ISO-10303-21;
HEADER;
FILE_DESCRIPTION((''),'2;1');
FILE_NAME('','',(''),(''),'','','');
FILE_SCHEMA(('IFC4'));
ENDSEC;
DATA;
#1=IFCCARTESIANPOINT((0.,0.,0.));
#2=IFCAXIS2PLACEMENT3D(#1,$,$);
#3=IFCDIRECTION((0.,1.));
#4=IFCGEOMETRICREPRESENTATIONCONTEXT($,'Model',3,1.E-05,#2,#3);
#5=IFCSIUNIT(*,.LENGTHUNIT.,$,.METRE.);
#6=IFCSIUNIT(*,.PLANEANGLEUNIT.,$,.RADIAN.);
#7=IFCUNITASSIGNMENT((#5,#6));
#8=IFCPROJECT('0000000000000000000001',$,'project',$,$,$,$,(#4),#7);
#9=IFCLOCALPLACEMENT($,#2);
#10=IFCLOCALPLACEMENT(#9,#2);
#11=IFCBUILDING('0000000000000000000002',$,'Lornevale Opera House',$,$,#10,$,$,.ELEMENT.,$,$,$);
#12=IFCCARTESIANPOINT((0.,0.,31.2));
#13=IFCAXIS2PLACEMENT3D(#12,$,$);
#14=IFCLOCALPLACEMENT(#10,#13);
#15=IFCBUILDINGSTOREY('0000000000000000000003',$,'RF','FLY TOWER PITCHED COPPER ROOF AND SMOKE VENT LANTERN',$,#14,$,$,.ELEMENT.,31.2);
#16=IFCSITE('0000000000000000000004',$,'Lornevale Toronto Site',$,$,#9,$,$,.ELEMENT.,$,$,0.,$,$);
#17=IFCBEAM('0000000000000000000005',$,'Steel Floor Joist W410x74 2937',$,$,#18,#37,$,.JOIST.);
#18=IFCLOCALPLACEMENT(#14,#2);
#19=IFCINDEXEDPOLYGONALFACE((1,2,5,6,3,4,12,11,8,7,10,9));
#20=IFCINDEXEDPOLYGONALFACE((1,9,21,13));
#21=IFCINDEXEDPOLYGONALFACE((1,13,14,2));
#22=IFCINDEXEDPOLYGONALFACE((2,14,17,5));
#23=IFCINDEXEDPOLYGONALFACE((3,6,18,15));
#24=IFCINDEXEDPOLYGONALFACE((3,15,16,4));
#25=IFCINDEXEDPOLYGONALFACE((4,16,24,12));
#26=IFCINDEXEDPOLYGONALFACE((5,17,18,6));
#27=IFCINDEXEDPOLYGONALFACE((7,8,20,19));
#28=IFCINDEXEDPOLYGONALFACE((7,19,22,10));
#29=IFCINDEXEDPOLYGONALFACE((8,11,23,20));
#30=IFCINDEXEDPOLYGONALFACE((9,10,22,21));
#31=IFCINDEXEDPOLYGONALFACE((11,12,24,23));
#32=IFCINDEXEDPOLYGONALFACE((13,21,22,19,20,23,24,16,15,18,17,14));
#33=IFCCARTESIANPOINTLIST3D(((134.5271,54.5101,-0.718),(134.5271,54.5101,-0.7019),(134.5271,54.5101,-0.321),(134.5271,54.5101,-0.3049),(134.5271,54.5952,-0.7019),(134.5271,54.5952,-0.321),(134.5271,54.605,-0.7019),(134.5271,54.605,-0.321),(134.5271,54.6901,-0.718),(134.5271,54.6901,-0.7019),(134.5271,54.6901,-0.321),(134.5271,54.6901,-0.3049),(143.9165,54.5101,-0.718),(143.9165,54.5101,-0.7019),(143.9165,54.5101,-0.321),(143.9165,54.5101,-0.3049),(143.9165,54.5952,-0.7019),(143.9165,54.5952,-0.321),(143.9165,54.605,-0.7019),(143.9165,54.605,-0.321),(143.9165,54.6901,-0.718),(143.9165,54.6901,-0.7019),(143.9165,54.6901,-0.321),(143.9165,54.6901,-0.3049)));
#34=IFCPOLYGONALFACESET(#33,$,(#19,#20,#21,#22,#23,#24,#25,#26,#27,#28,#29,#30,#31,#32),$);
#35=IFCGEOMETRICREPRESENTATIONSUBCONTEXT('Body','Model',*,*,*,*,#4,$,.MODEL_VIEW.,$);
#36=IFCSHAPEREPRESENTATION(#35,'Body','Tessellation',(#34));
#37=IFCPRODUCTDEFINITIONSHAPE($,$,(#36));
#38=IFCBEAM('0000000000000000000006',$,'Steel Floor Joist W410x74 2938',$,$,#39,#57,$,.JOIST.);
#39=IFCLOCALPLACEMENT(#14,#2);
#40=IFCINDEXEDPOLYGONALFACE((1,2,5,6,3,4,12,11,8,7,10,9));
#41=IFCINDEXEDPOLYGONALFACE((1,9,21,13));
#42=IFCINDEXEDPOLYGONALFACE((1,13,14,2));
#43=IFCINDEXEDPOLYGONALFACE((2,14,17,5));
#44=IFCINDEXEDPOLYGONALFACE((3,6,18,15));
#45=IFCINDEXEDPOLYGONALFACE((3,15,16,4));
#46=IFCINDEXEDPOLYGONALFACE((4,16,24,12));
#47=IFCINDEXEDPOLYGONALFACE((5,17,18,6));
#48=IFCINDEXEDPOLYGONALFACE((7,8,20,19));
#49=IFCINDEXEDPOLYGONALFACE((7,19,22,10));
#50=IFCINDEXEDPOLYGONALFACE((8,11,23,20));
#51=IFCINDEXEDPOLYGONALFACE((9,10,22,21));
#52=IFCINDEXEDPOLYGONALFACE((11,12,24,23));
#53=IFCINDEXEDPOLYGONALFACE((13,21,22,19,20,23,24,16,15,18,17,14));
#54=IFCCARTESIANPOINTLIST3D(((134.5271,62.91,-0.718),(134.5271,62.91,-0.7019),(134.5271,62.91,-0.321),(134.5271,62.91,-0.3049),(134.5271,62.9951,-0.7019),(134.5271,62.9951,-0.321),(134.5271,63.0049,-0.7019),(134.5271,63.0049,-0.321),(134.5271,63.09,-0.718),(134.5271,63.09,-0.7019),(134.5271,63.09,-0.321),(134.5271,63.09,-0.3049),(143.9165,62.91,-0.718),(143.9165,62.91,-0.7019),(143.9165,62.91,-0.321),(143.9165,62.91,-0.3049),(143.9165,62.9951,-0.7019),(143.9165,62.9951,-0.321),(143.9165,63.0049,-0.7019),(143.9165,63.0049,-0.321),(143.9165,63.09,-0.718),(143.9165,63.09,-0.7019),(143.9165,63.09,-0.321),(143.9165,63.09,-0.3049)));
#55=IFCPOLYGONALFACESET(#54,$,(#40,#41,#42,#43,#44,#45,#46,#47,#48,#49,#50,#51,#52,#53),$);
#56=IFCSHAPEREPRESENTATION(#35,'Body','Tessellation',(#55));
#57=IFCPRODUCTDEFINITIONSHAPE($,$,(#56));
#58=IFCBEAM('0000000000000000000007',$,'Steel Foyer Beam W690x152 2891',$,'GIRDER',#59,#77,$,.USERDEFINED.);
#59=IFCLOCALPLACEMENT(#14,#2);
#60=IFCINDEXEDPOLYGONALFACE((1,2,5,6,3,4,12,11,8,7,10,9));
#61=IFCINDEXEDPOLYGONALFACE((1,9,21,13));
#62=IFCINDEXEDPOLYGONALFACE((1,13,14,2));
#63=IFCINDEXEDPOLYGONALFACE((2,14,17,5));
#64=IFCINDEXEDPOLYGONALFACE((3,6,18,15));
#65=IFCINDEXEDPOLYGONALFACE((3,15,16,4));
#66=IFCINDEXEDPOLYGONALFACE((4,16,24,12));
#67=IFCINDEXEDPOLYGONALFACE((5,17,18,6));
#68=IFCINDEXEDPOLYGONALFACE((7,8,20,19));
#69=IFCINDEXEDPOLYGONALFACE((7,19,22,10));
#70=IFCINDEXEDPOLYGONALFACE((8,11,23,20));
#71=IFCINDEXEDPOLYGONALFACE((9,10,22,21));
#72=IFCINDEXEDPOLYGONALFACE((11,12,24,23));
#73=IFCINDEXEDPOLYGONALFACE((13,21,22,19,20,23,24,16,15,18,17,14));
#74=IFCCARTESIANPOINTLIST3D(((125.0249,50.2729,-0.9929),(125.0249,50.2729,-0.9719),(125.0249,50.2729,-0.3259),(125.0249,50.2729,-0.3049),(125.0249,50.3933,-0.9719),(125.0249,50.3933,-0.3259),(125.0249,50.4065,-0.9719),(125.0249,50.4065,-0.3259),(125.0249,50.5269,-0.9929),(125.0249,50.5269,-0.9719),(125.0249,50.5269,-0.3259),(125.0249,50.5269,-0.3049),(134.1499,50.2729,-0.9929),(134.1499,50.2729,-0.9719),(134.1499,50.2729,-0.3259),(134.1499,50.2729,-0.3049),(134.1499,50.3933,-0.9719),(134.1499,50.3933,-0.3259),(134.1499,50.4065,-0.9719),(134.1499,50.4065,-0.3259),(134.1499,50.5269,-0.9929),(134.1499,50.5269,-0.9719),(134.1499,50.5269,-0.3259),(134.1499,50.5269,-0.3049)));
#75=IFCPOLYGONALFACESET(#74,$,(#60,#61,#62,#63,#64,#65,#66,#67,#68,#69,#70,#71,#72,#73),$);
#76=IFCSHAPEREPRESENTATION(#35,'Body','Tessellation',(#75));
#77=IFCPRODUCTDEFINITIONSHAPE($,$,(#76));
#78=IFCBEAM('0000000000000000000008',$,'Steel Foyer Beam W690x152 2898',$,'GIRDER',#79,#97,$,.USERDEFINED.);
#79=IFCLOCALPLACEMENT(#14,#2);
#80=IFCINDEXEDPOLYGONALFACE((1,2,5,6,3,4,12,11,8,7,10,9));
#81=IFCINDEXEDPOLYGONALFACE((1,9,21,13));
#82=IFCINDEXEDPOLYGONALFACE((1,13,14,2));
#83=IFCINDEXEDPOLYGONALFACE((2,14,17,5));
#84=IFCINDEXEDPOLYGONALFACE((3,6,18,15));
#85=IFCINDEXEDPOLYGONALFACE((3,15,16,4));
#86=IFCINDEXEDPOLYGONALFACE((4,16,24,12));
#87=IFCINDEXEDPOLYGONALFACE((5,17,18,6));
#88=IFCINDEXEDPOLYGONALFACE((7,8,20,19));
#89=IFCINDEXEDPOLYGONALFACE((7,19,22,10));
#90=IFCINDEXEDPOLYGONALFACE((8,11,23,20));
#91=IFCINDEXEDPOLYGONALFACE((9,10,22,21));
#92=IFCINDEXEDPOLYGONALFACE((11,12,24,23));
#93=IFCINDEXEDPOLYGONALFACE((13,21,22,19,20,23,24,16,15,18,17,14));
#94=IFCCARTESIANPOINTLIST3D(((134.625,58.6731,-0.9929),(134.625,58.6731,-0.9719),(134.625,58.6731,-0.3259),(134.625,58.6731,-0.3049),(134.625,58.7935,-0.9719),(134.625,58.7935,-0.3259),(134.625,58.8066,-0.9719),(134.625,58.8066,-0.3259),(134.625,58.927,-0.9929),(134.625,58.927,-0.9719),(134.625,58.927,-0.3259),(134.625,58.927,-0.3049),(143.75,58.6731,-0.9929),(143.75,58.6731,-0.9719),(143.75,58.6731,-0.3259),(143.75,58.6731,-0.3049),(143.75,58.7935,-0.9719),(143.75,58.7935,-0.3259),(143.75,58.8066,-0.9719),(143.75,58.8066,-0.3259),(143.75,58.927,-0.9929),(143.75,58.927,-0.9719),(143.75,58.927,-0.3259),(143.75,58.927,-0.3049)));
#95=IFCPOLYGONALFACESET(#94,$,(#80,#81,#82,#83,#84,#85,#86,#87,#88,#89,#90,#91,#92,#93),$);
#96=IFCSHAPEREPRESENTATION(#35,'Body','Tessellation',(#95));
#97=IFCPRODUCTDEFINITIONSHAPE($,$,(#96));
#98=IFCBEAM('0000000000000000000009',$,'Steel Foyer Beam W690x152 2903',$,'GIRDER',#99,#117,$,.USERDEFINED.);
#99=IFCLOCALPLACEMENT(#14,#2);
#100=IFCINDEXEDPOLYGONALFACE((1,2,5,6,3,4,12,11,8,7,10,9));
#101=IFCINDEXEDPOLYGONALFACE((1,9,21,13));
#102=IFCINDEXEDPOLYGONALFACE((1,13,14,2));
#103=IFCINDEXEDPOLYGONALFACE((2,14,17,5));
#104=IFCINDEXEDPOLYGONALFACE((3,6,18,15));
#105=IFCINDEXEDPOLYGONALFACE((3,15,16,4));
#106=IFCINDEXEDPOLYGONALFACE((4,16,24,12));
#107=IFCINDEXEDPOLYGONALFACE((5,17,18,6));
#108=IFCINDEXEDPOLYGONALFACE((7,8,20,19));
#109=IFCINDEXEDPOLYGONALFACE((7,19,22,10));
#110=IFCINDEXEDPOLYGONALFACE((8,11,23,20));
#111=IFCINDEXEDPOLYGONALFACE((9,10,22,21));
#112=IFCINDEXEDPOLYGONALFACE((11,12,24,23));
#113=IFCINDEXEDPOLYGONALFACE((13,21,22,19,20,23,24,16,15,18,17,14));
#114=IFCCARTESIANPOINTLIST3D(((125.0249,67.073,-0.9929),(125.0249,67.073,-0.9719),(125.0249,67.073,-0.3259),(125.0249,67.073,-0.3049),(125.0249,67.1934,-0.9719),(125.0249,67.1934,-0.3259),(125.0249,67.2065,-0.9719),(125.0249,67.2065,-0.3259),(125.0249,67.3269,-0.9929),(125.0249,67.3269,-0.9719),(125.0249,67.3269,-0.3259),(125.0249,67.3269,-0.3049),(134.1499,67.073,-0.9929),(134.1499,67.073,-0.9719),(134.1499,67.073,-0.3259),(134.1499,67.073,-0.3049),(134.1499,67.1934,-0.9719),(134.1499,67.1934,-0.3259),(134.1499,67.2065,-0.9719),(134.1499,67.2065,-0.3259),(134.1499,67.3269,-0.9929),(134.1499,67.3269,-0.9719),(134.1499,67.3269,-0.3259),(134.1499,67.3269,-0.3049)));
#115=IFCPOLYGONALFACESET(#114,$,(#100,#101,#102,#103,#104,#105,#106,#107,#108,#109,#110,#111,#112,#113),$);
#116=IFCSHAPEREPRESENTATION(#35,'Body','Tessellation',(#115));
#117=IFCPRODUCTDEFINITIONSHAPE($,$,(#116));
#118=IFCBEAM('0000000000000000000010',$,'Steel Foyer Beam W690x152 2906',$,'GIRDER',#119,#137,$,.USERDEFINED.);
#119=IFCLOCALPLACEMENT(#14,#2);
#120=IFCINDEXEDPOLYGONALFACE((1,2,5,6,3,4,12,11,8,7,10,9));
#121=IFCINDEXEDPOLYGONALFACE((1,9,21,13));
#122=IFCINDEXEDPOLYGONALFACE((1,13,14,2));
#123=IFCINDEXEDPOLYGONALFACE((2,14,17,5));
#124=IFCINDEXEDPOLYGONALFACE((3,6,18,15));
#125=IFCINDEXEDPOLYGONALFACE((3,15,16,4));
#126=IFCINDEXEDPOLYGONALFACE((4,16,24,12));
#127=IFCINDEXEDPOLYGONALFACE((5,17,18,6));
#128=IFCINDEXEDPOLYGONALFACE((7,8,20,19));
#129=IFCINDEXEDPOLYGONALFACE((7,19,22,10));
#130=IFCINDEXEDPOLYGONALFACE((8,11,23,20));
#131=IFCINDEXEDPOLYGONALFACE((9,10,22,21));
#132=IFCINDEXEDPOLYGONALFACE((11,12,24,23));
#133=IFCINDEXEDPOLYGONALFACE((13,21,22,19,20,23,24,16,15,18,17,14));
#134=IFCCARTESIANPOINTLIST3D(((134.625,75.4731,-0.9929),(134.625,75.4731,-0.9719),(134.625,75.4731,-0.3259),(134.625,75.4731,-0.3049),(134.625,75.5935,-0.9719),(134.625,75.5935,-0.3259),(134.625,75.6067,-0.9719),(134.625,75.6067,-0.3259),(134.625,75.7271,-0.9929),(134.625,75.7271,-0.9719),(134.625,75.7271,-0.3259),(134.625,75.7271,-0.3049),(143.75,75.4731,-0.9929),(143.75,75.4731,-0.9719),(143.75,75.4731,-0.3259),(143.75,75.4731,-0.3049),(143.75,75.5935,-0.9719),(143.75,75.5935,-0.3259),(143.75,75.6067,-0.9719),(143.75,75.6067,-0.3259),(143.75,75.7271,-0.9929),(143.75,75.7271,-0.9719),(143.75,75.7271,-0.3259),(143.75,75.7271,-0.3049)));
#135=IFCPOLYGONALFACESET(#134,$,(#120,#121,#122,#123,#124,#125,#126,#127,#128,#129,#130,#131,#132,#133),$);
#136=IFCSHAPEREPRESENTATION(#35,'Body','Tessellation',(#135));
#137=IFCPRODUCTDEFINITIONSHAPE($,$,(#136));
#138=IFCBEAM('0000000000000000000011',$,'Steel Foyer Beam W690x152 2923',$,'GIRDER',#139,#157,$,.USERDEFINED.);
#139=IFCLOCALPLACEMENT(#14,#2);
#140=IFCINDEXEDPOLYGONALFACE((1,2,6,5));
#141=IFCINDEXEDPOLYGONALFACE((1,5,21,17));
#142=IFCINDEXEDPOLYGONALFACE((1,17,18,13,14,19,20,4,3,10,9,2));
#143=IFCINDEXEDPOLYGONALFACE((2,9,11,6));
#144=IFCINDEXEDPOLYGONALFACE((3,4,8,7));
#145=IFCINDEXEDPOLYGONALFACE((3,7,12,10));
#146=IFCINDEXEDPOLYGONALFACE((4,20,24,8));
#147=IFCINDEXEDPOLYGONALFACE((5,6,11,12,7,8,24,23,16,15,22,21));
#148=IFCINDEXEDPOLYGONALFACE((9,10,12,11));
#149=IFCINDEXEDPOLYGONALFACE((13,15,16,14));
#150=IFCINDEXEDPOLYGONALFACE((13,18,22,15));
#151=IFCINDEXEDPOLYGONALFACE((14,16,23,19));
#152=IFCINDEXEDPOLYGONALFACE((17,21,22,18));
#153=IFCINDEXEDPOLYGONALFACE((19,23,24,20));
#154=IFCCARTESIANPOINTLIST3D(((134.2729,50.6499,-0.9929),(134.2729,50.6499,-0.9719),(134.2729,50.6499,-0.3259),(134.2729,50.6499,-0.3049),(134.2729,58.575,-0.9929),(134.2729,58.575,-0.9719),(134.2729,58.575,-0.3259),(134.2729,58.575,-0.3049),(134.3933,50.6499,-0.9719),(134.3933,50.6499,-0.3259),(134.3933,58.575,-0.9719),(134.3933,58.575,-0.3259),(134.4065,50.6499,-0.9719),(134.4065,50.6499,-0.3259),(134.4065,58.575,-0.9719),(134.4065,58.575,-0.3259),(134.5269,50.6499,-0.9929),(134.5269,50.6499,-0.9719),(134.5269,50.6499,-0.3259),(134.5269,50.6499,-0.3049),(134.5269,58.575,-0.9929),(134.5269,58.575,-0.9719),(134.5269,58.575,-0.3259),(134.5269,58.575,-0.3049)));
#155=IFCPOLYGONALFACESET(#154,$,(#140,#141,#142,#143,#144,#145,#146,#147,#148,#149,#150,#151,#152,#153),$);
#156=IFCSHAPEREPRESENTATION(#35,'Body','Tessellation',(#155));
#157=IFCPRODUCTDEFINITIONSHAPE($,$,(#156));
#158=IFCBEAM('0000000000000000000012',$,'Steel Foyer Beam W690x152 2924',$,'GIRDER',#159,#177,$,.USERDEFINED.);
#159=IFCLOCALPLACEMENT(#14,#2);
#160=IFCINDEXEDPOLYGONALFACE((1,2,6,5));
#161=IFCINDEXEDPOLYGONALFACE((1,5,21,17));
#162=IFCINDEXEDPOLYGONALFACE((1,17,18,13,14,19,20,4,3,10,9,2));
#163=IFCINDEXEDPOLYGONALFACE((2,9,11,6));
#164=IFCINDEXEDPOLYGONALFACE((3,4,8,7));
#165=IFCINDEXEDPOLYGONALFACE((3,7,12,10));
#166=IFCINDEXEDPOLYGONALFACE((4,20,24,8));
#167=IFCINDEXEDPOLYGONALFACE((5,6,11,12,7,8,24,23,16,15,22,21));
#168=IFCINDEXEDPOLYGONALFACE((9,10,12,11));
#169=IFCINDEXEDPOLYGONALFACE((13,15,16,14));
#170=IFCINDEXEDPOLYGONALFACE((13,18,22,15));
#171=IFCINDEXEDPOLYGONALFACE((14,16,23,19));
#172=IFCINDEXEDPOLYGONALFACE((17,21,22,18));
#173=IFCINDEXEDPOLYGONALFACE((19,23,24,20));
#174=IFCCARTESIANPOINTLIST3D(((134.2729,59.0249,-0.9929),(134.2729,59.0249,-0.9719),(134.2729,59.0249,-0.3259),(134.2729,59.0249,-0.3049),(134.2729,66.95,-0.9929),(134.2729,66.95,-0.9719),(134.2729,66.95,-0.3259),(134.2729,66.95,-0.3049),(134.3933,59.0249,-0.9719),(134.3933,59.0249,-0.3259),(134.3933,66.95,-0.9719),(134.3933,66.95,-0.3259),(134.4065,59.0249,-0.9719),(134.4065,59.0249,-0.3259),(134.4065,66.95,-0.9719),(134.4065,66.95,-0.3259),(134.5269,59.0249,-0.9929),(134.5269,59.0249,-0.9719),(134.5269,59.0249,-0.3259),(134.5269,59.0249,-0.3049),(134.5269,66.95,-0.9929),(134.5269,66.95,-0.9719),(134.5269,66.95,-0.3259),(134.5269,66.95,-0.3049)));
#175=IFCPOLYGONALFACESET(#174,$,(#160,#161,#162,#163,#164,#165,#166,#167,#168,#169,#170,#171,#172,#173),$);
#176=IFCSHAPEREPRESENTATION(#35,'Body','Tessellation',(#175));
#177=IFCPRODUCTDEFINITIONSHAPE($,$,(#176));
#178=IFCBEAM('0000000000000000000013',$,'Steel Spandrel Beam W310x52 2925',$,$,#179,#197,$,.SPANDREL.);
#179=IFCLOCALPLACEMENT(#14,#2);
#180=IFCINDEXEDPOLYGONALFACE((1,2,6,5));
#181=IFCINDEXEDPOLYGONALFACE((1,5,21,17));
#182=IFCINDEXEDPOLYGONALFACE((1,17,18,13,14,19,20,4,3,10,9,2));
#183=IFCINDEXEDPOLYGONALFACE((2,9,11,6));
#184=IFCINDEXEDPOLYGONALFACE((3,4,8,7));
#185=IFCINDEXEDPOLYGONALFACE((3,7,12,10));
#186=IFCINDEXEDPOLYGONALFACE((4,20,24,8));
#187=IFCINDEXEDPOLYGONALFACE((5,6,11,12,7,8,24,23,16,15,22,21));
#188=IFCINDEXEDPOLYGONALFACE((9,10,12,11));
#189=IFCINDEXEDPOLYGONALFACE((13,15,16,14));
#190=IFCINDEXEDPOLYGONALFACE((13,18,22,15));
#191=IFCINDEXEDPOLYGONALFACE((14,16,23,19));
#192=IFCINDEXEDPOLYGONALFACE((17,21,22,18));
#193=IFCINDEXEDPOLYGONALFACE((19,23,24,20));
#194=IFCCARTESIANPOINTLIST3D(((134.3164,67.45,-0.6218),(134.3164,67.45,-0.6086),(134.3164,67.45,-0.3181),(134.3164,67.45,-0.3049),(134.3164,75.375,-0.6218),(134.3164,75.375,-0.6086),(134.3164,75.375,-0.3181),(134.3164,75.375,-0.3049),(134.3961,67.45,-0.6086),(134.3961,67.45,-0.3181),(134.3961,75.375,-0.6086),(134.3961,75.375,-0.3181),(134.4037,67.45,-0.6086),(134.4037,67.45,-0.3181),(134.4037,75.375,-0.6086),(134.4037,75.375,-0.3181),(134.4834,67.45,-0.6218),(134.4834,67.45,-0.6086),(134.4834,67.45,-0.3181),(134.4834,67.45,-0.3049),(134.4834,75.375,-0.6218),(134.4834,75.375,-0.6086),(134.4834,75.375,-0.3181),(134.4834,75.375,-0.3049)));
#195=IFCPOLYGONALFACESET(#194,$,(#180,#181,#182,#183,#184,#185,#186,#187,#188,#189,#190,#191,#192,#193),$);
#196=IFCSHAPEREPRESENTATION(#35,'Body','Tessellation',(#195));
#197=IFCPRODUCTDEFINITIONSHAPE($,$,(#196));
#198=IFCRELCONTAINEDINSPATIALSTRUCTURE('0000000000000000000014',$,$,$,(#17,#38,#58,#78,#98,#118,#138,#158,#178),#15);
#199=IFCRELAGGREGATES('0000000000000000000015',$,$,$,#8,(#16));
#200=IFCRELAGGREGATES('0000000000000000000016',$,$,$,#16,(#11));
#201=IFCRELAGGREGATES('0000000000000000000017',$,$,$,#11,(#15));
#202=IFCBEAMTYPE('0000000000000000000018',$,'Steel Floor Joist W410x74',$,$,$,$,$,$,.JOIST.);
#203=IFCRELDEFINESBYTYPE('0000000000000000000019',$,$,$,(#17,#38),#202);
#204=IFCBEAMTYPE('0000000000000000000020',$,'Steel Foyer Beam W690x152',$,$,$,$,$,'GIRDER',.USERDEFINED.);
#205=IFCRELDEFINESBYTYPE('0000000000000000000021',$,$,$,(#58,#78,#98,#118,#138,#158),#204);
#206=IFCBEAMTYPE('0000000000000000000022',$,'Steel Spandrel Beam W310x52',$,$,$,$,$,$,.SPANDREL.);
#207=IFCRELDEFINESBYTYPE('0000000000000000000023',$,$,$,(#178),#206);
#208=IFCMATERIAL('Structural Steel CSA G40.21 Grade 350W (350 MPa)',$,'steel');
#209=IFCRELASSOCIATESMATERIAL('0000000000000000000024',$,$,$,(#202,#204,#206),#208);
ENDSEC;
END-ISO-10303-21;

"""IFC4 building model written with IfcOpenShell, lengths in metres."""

from ifc_helpers import new_model, si_unit, direction, frame, origin, origin_2d, place, context, subcontext, project, spatial, i_section, extrude, material, material_profile, profile_set, type_object, element, save


model = new_model("IFC4")

# Units and contexts
model_context = context("Model", 3, precision=1e-05, world=origin(), true_north=direction((0.0, 1.0)))
body_context = subcontext(model_context, "Body", "Model", "MODEL_VIEW")
ifc_project = project(units=[si_unit("LENGTHUNIT", "METRE"), si_unit("PLANEANGLEUNIT", "RADIAN")], contexts=[model_context])

# Site, building, storey
site_placement = place(None, origin())
site = spatial("IfcSite", under=ifc_project, at=site_placement, Name="Lornevale Toronto Site", CompositionType="ELEMENT", RefElevation=0.0)
building_placement = place(site_placement, origin())
building = spatial("IfcBuilding", under=site, at=building_placement, Name="Lornevale Opera House", CompositionType="ELEMENT")
storey_placement = place(building_placement, frame((0.0, 0.0, 31.2)))
storey = spatial("IfcBuildingStorey", under=building, at=storey_placement, Name="RF", Description="FLY TOWER PITCHED COPPER ROOF AND SMOKE VENT LANTERN", CompositionType="ELEMENT", Elevation=31.2)

# Beams
ifc_material_1 = material(Name="Structural Steel CSA G40.21 Grade 350W (350 MPa)", Category="steel")
ifc_material_profile_1 = material_profile(ifc_material_1, i_section(OverallWidth=0.1799, OverallDepth=0.4131, WebThickness=0.0098, FlangeThickness=0.0161, at=origin_2d()), Name="W410x74")
ifc_profile_set_1 = profile_set([ifc_material_profile_1], Name="Structural Steel CSA G40.21 Grade 350W (350 MPa)")
beam_type_1 = type_object("IfcBeamType", Name="Steel Floor Joist W410x74", PredefinedType="JOIST", material=ifc_profile_set_1)
for number, where, z_axis, x_axis, name in (
    (1, (134.5271, 54.6001, -0.5115), (1.0, 0.0, 0.0), (0.0, 1.0, 0.0), "Steel Floor Joist W410x74 2937"),
    (2, (134.5271, 63.0, -0.5115), (1.0, 0.0, 0.0), (0.0, 1.0, 0.0), "Steel Floor Joist W410x74 2938"),
):
    element("IfcBeam", number, at=place(storey_placement, frame(where, z_axis=z_axis, x_axis=x_axis)), inside=storey, type_object=beam_type_1, Name=name, PredefinedType="JOIST", context=body_context, shape_type="SweptSolid", body=[
        extrude(i_section(OverallWidth=0.1799, OverallDepth=0.4131, WebThickness=0.0098, FlangeThickness=0.0161, at=origin_2d()), origin(), (0.0, 0.0, 1.0), 9.3894),
    ])
ifc_material_profile_2 = material_profile(ifc_material_1, i_section(OverallWidth=0.2539, OverallDepth=0.688, WebThickness=0.0132, FlangeThickness=0.021, at=origin_2d()), Name="W690x152")
ifc_profile_set_2 = profile_set([ifc_material_profile_2], Name="Structural Steel CSA G40.21 Grade 350W (350 MPa)")
beam_type_2 = type_object("IfcBeamType", Name="Steel Foyer Beam W690x152", ElementType="GIRDER", PredefinedType="USERDEFINED", material=ifc_profile_set_2)
for number, where, z_axis, x_axis, name in (
    (3, (125.0249, 50.3999, -0.6489), (1.0, 0.0, 0.0), (0.0, 1.0, 0.0), "Steel Foyer Beam W690x152 2891"),
    (4, (134.625, 58.8, -0.6489), (1.0, 0.0, 0.0), (0.0, 1.0, 0.0), "Steel Foyer Beam W690x152 2898"),
    (5, (125.0249, 67.2, -0.6489), (1.0, 0.0, 0.0), (0.0, 1.0, 0.0), "Steel Foyer Beam W690x152 2903"),
    (6, (134.625, 75.6001, -0.6489), (1.0, 0.0, 0.0), (0.0, 1.0, 0.0), "Steel Foyer Beam W690x152 2906"),
):
    element("IfcBeam", number, at=place(storey_placement, frame(where, z_axis=z_axis, x_axis=x_axis)), inside=storey, type_object=beam_type_2, Name=name, ObjectType="GIRDER", PredefinedType="USERDEFINED", context=body_context, shape_type="SweptSolid", body=[
        extrude(i_section(OverallWidth=0.2539, OverallDepth=0.688, WebThickness=0.0132, FlangeThickness=0.021, at=origin_2d()), origin(), (0.0, 0.0, 1.0), 9.125),
    ])
for number, where, z_axis, x_axis, name in (
    (7, (134.3999, 50.6499, -0.6489), (0.0, 1.0, 0.0), (-1.0, 0.0, 0.0), "Steel Foyer Beam W690x152 2923"),
    (8, (134.3999, 59.0249, -0.6489), (0.0, 1.0, 0.0), (-1.0, 0.0, 0.0), "Steel Foyer Beam W690x152 2924"),
):
    element("IfcBeam", number, at=place(storey_placement, frame(where, z_axis=z_axis, x_axis=x_axis)), inside=storey, type_object=beam_type_2, Name=name, ObjectType="GIRDER", PredefinedType="USERDEFINED", context=body_context, shape_type="SweptSolid", body=[
        extrude(i_section(OverallWidth=0.2539, OverallDepth=0.688, WebThickness=0.0132, FlangeThickness=0.021, at=origin_2d()), origin(), (0.0, 0.0, 1.0), 7.925),
    ])
ifc_material_profile_3 = material_profile(ifc_material_1, i_section(OverallWidth=0.167, OverallDepth=0.3169, WebThickness=0.0076, FlangeThickness=0.0132, at=origin_2d()), Name="W310x52")
ifc_profile_set_3 = profile_set([ifc_material_profile_3], Name="Structural Steel CSA G40.21 Grade 350W (350 MPa)")
beam_type_3 = type_object("IfcBeamType", Name="Steel Spandrel Beam W310x52", PredefinedType="SPANDREL", material=ifc_profile_set_3)
for number, where, z_axis, x_axis, name in (
    (9, (134.3999, 67.45, -0.4634), (0.0, 1.0, 0.0), (-1.0, 0.0, 0.0), "Steel Spandrel Beam W310x52 2925"),
):
    element("IfcBeam", number, at=place(storey_placement, frame(where, z_axis=z_axis, x_axis=x_axis)), inside=storey, type_object=beam_type_3, Name=name, PredefinedType="SPANDREL", context=body_context, shape_type="SweptSolid", body=[
        extrude(i_section(OverallWidth=0.167, OverallDepth=0.3169, WebThickness=0.0076, FlangeThickness=0.0132, at=origin_2d()), origin(), (0.0, 0.0, 1.0), 7.925),
    ])

save(model, "model.ifc")
